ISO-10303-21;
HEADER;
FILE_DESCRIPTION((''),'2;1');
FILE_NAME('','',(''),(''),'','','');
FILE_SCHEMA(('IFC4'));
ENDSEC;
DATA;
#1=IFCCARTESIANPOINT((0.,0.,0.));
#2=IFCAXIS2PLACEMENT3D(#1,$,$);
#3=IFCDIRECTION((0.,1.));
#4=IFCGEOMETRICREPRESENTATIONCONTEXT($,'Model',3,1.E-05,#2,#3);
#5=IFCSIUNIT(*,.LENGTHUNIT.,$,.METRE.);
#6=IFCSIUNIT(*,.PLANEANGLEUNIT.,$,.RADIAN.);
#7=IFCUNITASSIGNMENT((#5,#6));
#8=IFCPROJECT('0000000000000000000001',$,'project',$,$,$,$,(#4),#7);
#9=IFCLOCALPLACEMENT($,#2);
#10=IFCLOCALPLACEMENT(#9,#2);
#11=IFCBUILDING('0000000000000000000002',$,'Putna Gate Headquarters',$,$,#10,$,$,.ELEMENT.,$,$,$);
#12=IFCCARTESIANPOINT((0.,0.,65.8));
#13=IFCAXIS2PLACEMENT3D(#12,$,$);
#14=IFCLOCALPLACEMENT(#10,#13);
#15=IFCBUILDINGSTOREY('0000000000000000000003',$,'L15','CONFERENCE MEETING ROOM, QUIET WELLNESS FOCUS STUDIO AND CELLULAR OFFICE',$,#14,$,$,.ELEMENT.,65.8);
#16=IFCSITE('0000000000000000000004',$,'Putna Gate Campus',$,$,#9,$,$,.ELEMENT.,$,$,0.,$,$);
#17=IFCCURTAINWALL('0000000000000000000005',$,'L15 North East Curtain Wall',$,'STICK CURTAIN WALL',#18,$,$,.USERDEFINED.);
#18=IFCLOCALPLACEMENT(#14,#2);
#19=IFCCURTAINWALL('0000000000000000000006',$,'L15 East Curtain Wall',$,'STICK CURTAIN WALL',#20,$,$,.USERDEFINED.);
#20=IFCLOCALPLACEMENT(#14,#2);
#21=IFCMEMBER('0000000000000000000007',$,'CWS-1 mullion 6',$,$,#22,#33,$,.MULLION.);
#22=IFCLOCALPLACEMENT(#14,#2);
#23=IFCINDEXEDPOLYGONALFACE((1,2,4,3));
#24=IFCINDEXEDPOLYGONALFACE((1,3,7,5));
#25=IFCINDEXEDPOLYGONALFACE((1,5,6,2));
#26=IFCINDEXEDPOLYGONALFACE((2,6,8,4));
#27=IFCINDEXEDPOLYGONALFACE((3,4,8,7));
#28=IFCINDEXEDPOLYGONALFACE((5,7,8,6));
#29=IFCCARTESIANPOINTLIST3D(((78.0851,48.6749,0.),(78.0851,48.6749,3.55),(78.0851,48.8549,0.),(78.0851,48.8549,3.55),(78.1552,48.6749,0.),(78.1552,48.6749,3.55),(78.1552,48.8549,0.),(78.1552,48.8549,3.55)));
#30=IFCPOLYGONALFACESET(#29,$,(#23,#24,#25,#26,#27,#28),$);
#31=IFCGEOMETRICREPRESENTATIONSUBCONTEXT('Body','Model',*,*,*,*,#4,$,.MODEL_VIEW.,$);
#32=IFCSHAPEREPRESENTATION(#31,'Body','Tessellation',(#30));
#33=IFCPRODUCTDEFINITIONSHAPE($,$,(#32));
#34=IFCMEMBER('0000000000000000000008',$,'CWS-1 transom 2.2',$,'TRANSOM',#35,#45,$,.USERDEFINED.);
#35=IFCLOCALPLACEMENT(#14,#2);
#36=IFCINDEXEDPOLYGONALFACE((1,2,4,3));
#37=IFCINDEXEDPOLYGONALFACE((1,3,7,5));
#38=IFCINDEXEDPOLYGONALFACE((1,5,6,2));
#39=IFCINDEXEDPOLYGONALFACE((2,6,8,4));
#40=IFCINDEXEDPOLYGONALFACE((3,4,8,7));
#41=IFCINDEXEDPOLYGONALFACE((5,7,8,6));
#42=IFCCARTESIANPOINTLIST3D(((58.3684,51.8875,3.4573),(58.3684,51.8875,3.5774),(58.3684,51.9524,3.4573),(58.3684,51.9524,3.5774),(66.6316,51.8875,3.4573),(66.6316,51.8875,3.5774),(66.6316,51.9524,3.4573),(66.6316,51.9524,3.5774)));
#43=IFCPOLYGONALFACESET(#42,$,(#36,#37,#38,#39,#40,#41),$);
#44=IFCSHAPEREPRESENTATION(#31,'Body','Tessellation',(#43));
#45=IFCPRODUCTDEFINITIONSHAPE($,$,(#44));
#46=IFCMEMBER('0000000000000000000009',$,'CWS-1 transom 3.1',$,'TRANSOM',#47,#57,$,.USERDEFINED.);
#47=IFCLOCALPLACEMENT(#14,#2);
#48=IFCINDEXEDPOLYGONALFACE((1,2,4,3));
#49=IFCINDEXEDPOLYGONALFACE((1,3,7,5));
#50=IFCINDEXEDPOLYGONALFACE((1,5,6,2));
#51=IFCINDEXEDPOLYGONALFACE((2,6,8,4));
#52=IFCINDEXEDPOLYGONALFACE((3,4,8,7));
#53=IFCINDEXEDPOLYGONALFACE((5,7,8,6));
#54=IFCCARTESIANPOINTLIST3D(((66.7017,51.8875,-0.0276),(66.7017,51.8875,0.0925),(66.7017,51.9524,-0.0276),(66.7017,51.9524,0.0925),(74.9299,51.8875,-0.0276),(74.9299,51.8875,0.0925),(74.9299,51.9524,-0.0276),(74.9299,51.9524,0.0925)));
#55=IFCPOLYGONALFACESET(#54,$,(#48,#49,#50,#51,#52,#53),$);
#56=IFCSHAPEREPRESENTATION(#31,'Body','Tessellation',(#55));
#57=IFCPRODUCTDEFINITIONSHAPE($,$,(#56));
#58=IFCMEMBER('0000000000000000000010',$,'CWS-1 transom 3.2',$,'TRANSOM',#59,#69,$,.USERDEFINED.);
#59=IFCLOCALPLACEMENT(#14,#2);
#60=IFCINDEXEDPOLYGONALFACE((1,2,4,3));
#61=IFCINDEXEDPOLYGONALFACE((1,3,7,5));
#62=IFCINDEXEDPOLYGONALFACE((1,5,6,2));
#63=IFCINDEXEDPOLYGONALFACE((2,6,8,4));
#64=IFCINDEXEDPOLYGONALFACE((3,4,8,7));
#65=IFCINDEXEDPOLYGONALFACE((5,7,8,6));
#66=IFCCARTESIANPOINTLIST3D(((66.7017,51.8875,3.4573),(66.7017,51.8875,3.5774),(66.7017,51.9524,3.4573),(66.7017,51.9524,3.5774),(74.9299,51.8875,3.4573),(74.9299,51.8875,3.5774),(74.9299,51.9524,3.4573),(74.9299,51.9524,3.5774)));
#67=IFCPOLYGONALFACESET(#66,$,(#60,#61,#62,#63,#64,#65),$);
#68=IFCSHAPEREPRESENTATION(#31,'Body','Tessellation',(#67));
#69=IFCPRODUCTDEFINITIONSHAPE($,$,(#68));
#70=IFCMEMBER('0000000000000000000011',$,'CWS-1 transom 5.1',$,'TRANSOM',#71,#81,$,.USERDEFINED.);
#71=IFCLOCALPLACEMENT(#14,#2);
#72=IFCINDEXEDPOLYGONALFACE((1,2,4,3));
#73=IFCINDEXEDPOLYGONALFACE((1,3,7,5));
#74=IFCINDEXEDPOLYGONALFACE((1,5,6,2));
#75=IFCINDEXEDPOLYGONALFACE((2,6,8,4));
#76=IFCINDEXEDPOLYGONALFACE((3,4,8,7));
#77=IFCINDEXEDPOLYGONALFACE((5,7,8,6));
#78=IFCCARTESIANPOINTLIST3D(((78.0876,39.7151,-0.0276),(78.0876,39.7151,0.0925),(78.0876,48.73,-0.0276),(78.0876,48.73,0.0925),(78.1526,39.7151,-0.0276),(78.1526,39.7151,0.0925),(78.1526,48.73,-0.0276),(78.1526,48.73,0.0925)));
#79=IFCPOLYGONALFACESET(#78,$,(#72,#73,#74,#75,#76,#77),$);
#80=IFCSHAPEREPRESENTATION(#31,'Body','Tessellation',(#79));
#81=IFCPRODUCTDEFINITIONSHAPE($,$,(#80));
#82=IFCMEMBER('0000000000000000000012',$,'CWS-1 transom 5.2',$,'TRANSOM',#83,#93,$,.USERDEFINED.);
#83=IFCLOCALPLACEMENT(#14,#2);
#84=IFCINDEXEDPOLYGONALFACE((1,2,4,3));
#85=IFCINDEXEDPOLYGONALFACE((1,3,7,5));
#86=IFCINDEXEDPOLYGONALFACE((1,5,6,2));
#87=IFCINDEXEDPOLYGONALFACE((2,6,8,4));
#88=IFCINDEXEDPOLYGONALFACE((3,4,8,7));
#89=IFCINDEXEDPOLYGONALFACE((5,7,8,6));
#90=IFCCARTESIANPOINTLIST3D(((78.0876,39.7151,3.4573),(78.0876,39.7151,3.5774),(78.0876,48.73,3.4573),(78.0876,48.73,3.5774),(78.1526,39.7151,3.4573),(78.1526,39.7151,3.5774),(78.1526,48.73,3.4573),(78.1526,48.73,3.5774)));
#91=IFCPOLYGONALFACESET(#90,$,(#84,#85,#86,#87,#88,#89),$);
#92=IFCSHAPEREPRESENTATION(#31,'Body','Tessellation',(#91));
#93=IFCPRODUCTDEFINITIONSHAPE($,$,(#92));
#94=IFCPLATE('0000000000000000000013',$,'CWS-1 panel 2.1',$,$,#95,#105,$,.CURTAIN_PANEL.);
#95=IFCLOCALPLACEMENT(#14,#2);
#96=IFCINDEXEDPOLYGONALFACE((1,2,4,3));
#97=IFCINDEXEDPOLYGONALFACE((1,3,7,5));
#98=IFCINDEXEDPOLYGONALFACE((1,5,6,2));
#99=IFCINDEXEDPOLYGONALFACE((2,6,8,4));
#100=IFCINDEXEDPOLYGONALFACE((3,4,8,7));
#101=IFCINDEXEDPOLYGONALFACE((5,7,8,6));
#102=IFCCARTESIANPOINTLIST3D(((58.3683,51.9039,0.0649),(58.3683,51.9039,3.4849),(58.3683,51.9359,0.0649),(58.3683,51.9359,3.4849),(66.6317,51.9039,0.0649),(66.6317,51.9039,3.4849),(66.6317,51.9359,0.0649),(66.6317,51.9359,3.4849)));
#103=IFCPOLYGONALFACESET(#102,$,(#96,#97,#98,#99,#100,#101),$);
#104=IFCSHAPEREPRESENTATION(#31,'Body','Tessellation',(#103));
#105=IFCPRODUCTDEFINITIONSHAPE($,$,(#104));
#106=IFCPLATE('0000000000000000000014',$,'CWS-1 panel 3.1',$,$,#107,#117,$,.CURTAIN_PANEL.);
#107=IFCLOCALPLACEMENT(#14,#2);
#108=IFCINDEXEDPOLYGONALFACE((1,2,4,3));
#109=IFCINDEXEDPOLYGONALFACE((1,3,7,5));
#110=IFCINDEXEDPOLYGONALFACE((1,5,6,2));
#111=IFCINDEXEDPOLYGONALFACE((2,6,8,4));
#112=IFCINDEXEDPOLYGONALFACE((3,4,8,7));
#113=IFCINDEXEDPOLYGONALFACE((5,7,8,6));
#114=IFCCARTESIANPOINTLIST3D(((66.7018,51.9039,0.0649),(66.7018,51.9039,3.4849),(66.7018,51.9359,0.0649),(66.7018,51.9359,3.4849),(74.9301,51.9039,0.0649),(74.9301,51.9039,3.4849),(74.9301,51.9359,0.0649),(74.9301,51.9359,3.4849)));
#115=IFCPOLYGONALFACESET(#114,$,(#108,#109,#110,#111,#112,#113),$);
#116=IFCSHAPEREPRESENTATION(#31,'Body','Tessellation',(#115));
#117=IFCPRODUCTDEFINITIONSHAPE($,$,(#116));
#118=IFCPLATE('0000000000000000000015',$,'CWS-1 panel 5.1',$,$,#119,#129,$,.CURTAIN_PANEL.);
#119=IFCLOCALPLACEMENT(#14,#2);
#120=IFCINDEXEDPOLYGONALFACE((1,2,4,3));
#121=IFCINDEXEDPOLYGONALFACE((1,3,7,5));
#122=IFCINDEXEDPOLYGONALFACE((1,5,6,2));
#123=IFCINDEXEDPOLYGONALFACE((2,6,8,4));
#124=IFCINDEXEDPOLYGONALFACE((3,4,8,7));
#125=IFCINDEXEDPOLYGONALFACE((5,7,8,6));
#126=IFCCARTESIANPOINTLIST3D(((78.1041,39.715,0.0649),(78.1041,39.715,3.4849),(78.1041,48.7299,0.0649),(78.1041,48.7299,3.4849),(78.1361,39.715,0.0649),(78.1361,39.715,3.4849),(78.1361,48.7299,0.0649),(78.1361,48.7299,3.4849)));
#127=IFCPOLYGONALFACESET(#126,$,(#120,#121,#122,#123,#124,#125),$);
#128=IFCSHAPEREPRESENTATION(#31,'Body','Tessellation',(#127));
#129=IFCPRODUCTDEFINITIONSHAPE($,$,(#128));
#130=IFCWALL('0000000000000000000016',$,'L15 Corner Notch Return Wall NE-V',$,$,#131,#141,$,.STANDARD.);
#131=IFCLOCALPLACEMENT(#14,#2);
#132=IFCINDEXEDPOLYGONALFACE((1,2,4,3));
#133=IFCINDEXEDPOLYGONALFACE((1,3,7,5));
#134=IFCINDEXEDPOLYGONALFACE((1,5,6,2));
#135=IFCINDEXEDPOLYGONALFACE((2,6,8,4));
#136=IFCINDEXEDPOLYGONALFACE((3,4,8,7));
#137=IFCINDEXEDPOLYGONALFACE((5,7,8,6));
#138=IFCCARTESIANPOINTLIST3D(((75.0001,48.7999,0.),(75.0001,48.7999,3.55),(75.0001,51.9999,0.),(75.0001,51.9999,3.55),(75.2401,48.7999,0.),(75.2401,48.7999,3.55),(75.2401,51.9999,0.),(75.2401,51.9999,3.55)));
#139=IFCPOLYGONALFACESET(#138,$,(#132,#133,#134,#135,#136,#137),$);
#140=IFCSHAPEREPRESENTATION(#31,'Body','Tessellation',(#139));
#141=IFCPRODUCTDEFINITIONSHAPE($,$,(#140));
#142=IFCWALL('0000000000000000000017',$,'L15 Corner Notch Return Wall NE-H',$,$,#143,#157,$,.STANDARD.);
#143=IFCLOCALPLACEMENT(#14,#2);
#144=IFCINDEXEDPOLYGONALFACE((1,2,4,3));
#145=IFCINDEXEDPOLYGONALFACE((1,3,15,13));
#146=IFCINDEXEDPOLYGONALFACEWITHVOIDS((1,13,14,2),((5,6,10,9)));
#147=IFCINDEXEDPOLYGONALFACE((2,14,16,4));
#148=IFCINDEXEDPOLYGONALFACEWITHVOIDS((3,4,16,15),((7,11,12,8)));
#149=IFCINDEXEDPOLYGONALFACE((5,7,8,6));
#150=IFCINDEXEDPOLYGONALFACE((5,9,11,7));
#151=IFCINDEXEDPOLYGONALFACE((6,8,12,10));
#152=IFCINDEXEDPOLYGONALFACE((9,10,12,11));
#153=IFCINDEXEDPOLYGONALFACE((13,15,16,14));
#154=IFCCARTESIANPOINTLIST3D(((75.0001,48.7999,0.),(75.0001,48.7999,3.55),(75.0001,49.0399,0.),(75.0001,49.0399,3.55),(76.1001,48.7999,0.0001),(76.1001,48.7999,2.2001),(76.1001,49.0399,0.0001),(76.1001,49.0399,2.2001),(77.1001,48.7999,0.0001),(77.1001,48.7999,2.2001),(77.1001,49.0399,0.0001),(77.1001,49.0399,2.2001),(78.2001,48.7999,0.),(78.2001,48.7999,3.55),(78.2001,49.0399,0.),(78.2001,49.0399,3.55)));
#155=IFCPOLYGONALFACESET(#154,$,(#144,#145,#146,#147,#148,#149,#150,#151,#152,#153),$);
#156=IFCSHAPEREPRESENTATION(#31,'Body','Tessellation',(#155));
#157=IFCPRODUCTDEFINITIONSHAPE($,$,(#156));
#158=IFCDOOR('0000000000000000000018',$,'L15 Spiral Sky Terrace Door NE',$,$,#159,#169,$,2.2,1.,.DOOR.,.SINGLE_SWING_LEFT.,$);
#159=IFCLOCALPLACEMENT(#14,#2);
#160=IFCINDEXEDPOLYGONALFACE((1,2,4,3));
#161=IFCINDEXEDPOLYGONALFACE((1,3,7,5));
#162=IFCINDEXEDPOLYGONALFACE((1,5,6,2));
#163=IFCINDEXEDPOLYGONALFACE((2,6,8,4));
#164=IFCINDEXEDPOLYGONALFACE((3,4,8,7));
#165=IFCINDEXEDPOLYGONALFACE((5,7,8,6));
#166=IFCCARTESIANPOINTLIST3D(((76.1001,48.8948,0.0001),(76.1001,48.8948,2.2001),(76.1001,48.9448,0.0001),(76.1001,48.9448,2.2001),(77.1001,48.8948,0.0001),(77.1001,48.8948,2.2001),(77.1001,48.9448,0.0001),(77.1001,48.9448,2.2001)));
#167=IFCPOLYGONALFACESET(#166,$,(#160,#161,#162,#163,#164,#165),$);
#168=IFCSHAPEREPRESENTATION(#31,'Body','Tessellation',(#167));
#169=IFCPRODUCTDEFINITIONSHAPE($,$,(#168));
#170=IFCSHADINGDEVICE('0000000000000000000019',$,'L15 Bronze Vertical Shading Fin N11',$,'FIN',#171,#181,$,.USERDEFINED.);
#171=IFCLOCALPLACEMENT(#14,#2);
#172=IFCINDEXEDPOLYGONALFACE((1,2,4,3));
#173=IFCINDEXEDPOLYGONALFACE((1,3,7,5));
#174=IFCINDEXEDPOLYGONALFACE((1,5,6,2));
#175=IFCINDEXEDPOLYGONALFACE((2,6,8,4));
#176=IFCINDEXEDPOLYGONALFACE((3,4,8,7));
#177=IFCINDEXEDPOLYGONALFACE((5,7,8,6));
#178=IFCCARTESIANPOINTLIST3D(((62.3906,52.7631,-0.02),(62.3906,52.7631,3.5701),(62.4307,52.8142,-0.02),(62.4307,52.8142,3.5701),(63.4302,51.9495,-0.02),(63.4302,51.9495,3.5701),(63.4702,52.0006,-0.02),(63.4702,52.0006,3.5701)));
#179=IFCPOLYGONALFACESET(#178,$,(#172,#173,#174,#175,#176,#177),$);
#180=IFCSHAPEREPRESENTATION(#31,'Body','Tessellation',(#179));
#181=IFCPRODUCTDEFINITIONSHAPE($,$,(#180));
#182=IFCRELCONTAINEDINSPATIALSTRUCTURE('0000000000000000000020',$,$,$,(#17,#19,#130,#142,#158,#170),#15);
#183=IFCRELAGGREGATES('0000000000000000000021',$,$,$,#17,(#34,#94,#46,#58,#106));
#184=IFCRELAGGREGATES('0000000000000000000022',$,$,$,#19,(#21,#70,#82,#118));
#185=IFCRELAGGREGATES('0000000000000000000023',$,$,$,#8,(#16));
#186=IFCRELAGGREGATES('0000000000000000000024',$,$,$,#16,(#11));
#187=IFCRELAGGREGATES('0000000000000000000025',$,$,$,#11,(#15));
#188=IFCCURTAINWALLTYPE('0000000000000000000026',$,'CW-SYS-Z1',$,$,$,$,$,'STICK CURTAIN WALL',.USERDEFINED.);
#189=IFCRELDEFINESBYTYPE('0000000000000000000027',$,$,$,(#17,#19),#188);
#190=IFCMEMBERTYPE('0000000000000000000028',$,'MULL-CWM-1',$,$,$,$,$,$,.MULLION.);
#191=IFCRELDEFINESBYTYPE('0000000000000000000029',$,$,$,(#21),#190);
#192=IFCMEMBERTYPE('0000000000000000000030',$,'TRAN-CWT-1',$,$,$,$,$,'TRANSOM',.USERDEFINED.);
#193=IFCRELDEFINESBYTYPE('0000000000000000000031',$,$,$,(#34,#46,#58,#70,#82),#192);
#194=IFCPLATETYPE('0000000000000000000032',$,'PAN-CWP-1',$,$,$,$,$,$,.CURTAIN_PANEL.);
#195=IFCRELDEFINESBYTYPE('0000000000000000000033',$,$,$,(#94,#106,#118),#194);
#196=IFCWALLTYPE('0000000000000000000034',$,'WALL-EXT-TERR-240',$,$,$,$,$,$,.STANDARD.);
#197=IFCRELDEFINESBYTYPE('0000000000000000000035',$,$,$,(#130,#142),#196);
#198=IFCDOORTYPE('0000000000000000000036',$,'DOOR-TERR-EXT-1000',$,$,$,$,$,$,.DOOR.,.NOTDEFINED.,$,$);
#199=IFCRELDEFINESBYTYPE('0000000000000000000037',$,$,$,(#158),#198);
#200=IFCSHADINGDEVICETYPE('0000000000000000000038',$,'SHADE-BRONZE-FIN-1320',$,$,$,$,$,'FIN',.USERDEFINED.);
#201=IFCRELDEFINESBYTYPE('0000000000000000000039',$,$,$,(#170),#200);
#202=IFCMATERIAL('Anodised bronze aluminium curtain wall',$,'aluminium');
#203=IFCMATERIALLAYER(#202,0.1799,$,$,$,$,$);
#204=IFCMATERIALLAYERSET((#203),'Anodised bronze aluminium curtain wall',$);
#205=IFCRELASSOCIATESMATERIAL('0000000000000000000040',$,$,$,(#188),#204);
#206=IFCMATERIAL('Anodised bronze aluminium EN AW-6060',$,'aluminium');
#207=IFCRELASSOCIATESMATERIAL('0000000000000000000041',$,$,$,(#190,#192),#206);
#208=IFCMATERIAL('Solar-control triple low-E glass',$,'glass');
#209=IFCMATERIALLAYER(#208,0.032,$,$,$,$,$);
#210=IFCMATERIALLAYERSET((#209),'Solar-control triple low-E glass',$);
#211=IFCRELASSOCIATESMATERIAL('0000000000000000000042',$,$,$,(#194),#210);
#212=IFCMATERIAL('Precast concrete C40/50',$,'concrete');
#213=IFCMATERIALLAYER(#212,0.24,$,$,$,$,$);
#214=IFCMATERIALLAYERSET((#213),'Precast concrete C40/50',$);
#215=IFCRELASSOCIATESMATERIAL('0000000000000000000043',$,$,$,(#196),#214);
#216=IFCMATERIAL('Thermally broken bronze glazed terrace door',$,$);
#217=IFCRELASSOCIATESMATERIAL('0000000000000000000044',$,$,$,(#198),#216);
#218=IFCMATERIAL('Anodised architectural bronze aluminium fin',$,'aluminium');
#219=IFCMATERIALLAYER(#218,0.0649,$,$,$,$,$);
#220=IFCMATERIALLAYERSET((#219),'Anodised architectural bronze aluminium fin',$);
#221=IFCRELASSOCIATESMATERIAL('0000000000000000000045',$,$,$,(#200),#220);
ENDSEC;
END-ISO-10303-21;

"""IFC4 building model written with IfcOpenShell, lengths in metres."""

from ifc_helpers import new_model, si_unit, direction, frame, frame_2d, origin, origin_2d, place, context, subcontext, project, spatial, rectangle, extrude, material, layer, layer_set, material_profile, profile_set, type_object, element, fill, aggregate, save


model = new_model("IFC4")

# Units and contexts
model_context = context("Model", 3, precision=1e-05, world=origin(), true_north=direction((0.0, 1.0)))
body_context = subcontext(model_context, "Body", "Model", "MODEL_VIEW")
ifc_project = project(units=[si_unit("LENGTHUNIT", "METRE"), si_unit("PLANEANGLEUNIT", "RADIAN")], contexts=[model_context])

# Site, building, storey
site_placement = place(None, origin())
site = spatial("IfcSite", under=ifc_project, at=site_placement, Name="Putna Gate Campus", CompositionType="ELEMENT", RefElevation=0.0)
building_placement = place(site_placement, origin())
building = spatial("IfcBuilding", under=site, at=building_placement, Name="Putna Gate Headquarters", CompositionType="ELEMENT")
storey_placement = place(building_placement, frame((0.0, 0.0, 65.8)))
storey = spatial("IfcBuildingStorey", under=building, at=storey_placement, Name="L15", Description="CONFERENCE MEETING ROOM, QUIET WELLNESS FOCUS STUDIO AND CELLULAR OFFICE", CompositionType="ELEMENT", Elevation=65.8)

# Curtain walls, member
ifc_material_1 = material(Name="Anodised bronze aluminium curtain wall", Category="aluminium")
ifc_layer_1 = layer(ifc_material_1, 0.1799)
ifc_layer_set_1 = layer_set([ifc_layer_1], Name="Anodised bronze aluminium curtain wall")
curtain_wall_type = type_object("IfcCurtainWallType", Name="CW-SYS-Z1", ElementType="STICK CURTAIN WALL", PredefinedType="USERDEFINED", material=ifc_layer_set_1)
curtain_wall_1_placement = place(storey_placement, origin())
curtain_wall_1 = element("IfcCurtainWall", 1, at=curtain_wall_1_placement, inside=storey, type_object=curtain_wall_type, Name="L15 North East Curtain Wall", ObjectType="STICK CURTAIN WALL", PredefinedType="USERDEFINED")
ifc_material_2 = material(Name="Anodised bronze aluminium EN AW-6060", Category="aluminium")
ifc_material_profile_1 = material_profile(ifc_material_2, rectangle(XDim=0.0701, YDim=0.1799, at=origin_2d()), Name="Anodised bronze aluminium EN AW-6060")
ifc_profile_set_1 = profile_set([ifc_material_profile_1], Name="Anodised bronze aluminium EN AW-6060")
member_type_1 = type_object("IfcMemberType", Name="MULL-CWM-1", PredefinedType="MULLION", material=ifc_profile_set_1)
curtain_wall_2_placement = place(storey_placement, origin())
curtain_wall_2 = element("IfcCurtainWall", 2, at=curtain_wall_2_placement, inside=storey, type_object=curtain_wall_type, Name="L15 East Curtain Wall", ObjectType="STICK CURTAIN WALL", PredefinedType="USERDEFINED")
member_1_placement = place(storey_placement, frame((78.1201, 48.7649, 0.0), z_axis=(0.0, 0.0, 1.0), x_axis=(-1.0, 0.0, 0.0)))
member_1 = element("IfcMember", 3, at=member_1_placement, type_object=member_type_1, Name="CWS-1 mullion 6", PredefinedType="MULLION", context=body_context, shape_type="SweptSolid", body=[
    extrude(rectangle(XDim=0.0701, YDim=0.1799, at=origin_2d()), origin(), (0.0, 0.0, 1.0), 3.55),
])

# Members
ifc_material_profile_2 = material_profile(ifc_material_2, rectangle(XDim=0.0649, YDim=0.1201, at=origin_2d()), Name="Anodised bronze aluminium EN AW-6060")
ifc_profile_set_2 = profile_set([ifc_material_profile_2], Name="Anodised bronze aluminium EN AW-6060")
member_type_2 = type_object("IfcMemberType", Name="TRAN-CWT-1", ElementType="TRANSOM", PredefinedType="USERDEFINED", material=ifc_profile_set_2)
member_2_placement = place(storey_placement, frame((58.3684, 51.9199, 3.5173), z_axis=(1.0, 0.0, 0.0), x_axis=(0.0, 1.0, 0.0)))
member_2 = element("IfcMember", 4, at=member_2_placement, type_object=member_type_2, Name="CWS-1 transom 2.2", ObjectType="TRANSOM", PredefinedType="USERDEFINED", context=body_context, shape_type="SweptSolid", body=[
    extrude(rectangle(XDim=0.0649, YDim=0.1201, at=origin_2d()), origin(), (0.0, 0.0, 1.0), 8.2632),
])
member_3_placement = place(storey_placement, frame((66.7017, 51.9199, 0.0325), z_axis=(1.0, 0.0, 0.0), x_axis=(0.0, 1.0, 0.0)))
member_3 = element("IfcMember", 5, at=member_3_placement, type_object=member_type_2, Name="CWS-1 transom 3.1", ObjectType="TRANSOM", PredefinedType="USERDEFINED", context=body_context, shape_type="SweptSolid", body=[
    extrude(rectangle(XDim=0.0649, YDim=0.1201, at=origin_2d()), origin(), (0.0, 0.0, 1.0), 8.2283),
])
member_4_placement = place(storey_placement, frame((66.7017, 51.9199, 3.5173), z_axis=(1.0, 0.0, 0.0), x_axis=(0.0, 1.0, 0.0)))
member_4 = element("IfcMember", 6, at=member_4_placement, type_object=member_type_2, Name="CWS-1 transom 3.2", ObjectType="TRANSOM", PredefinedType="USERDEFINED", context=body_context, shape_type="SweptSolid", body=[
    extrude(rectangle(XDim=0.0649, YDim=0.1201, at=origin_2d()), origin(), (0.0, 0.0, 1.0), 8.2283),
])
member_5_placement = place(storey_placement, frame((78.1201, 39.7151, 0.0325), z_axis=(0.0, 1.0, 0.0), x_axis=(-1.0, 0.0, 0.0)))
member_5 = element("IfcMember", 7, at=member_5_placement, type_object=member_type_2, Name="CWS-1 transom 5.1", ObjectType="TRANSOM", PredefinedType="USERDEFINED", context=body_context, shape_type="SweptSolid", body=[
    extrude(rectangle(XDim=0.0649, YDim=0.1201, at=origin_2d()), origin(), (0.0, 0.0, 1.0), 9.0149),
])
member_6_placement = place(storey_placement, frame((78.1201, 39.7151, 3.5173), z_axis=(0.0, 1.0, 0.0), x_axis=(-1.0, 0.0, 0.0)))
member_6 = element("IfcMember", 8, at=member_6_placement, type_object=member_type_2, Name="CWS-1 transom 5.2", ObjectType="TRANSOM", PredefinedType="USERDEFINED", context=body_context, shape_type="SweptSolid", body=[
    extrude(rectangle(XDim=0.0649, YDim=0.1201, at=origin_2d()), origin(), (0.0, 0.0, 1.0), 9.0149),
])

# Plates
ifc_material_3 = material(Name="Solar-control triple low-E glass", Category="glass")
ifc_layer_2 = layer(ifc_material_3, 0.032)
ifc_layer_set_2 = layer_set([ifc_layer_2], Name="Solar-control triple low-E glass")
plate_type = type_object("IfcPlateType", Name="PAN-CWP-1", PredefinedType="CURTAIN_PANEL", material=ifc_layer_set_2)
plate_1_placement = place(storey_placement, frame((62.5, 51.9199, 0.0649), z_axis=(0.0, 0.0, 1.0), x_axis=(1.0, 0.0, 0.0)))
plate_1 = element("IfcPlate", 9, at=plate_1_placement, type_object=plate_type, Name="CWS-1 panel 2.1", PredefinedType="CURTAIN_PANEL", context=body_context, shape_type="SweptSolid", body=[
    extrude(rectangle(XDim=8.2634, YDim=0.032, at=origin_2d()), origin(), (0.0, 0.0, 1.0), 3.4199),
])
plate_2_placement = place(storey_placement, frame((70.8159, 51.9199, 0.0649), z_axis=(0.0, 0.0, 1.0), x_axis=(1.0, 0.0, 0.0)))
plate_2 = element("IfcPlate", 10, at=plate_2_placement, type_object=plate_type, Name="CWS-1 panel 3.1", PredefinedType="CURTAIN_PANEL", context=body_context, shape_type="SweptSolid", body=[
    extrude(rectangle(XDim=8.2283, YDim=0.032, at=origin_2d()), origin(), (0.0, 0.0, 1.0), 3.4199),
])
aggregate(curtain_wall_1, [member_2, plate_1, member_3, member_4, plate_2])
plate_3_placement = place(storey_placement, frame((78.1201, 44.2224, 0.0649), z_axis=(0.0, 0.0, 1.0), x_axis=(0.0, 1.0, 0.0)))
plate_3 = element("IfcPlate", 11, at=plate_3_placement, type_object=plate_type, Name="CWS-1 panel 5.1", PredefinedType="CURTAIN_PANEL", context=body_context, shape_type="SweptSolid", body=[
    extrude(rectangle(XDim=9.0149, YDim=0.032, at=origin_2d()), origin(), (0.0, 0.0, 1.0), 3.4199),
])
aggregate(curtain_wall_2, [member_1, member_5, member_6, plate_3])

# Wall
ifc_material_4 = material(Name="Precast concrete C40/50", Category="concrete")
ifc_layer_3 = layer(ifc_material_4, 0.24)
ifc_layer_set_3 = layer_set([ifc_layer_3], Name="Precast concrete C40/50")
wall_type = type_object("IfcWallType", Name="WALL-EXT-TERR-240", PredefinedType="STANDARD", material=ifc_layer_set_3)
wall_1_placement = place(storey_placement, frame((75.1201, 52.0, 0.0), z_axis=(0.0, 0.0, 1.0), x_axis=(0.0, -1.0, 0.0)))
element("IfcWall", 12, at=wall_1_placement, inside=storey, type_object=wall_type, Name="L15 Corner Notch Return Wall NE-V", PredefinedType="STANDARD", context=body_context, shape_type="SweptSolid", body=[
    extrude(rectangle(XDim=3.2, YDim=0.24, at=frame_2d((1.6001, 0.0))), origin(), (0.0, 0.0, 1.0), 3.55),
])

# Wall, opening, door
wall_2_placement = place(storey_placement, frame((75.0, 48.9199, 0.0), z_axis=(0.0, 0.0, 1.0), x_axis=(1.0, 0.0, 0.0)))
wall_2 = element("IfcWall", 13, at=wall_2_placement, inside=storey, type_object=wall_type, Name="L15 Corner Notch Return Wall NE-H", PredefinedType="STANDARD", context=body_context, shape_type="SweptSolid", body=[
    extrude(rectangle(XDim=3.2, YDim=0.24, at=frame_2d((1.6001, 0.0))), origin(), (0.0, 0.0, 1.0), 3.55),
])
opening_placement = place(wall_2_placement, frame((1.1001, 0.0, 0.0)))
opening = element("IfcOpeningElement", 14, at=opening_placement, cuts=wall_2, PredefinedType="OPENING", context=body_context, shape_type="SweptSolid", body=[
    extrude(rectangle(XDim=1.0, YDim=2.2, at=frame_2d((0.5, 1.1001))), frame((0.0, 0.1299, 0.0), z_axis=(0.0, -1.0, 0.0), x_axis=(1.0, 0.0, 0.0)), (0.0, 0.0, 1.0), 0.26),
])
ifc_material_5 = material(Name="Thermally broken bronze glazed terrace door")
door_type = type_object("IfcDoorType", Name="DOOR-TERR-EXT-1000", OperationType="NOTDEFINED", PredefinedType="DOOR", material=ifc_material_5)
door_placement = place(opening_placement, origin())
door = element("IfcDoor", 15, at=door_placement, inside=storey, type_object=door_type, Name="L15 Spiral Sky Terrace Door NE", OperationType="SINGLE_SWING_LEFT", OverallHeight=2.2, OverallWidth=1.0, PredefinedType="DOOR", context=body_context, shape_type="SweptSolid", body=[
    extrude(rectangle(XDim=1.0, YDim=2.2, at=frame_2d((0.5, 1.1001))), frame((0.0, 0.0249, 0.0), z_axis=(0.0, -1.0, 0.0), x_axis=(1.0, 0.0, 0.0)), (0.0, 0.0, 1.0), 0.05),
])
fill(opening, door)

# Shading device
ifc_material_6 = material(Name="Anodised architectural bronze aluminium fin", Category="aluminium")
ifc_layer_4 = layer(ifc_material_6, 0.0649)
ifc_layer_set_4 = layer_set([ifc_layer_4], Name="Anodised architectural bronze aluminium fin")
shading_device_type = type_object("IfcShadingDeviceType", Name="SHADE-BRONZE-FIN-1320", ElementType="FIN", PredefinedType="USERDEFINED", material=ifc_layer_set_4)
for number, where, z_axis, x_axis, name in (
    (16, (62.9304, 52.3818, -0.02), (0.0, 0.0, 1.0), (-0.787473, 0.616349, 0.0), "L15 Bronze Vertical Shading Fin N11"),
):
    element("IfcShadingDevice", number, at=place(storey_placement, frame(where, z_axis=z_axis, x_axis=x_axis)), inside=storey, type_object=shading_device_type, Name=name, ObjectType="FIN", PredefinedType="USERDEFINED", context=body_context, shape_type="SweptSolid", body=[
        extrude(rectangle(XDim=1.3201, YDim=0.0649, at=origin_2d()), origin(), (0.0, 0.0, 1.0), 3.5901),
    ])

save(model, "model.ifc")
